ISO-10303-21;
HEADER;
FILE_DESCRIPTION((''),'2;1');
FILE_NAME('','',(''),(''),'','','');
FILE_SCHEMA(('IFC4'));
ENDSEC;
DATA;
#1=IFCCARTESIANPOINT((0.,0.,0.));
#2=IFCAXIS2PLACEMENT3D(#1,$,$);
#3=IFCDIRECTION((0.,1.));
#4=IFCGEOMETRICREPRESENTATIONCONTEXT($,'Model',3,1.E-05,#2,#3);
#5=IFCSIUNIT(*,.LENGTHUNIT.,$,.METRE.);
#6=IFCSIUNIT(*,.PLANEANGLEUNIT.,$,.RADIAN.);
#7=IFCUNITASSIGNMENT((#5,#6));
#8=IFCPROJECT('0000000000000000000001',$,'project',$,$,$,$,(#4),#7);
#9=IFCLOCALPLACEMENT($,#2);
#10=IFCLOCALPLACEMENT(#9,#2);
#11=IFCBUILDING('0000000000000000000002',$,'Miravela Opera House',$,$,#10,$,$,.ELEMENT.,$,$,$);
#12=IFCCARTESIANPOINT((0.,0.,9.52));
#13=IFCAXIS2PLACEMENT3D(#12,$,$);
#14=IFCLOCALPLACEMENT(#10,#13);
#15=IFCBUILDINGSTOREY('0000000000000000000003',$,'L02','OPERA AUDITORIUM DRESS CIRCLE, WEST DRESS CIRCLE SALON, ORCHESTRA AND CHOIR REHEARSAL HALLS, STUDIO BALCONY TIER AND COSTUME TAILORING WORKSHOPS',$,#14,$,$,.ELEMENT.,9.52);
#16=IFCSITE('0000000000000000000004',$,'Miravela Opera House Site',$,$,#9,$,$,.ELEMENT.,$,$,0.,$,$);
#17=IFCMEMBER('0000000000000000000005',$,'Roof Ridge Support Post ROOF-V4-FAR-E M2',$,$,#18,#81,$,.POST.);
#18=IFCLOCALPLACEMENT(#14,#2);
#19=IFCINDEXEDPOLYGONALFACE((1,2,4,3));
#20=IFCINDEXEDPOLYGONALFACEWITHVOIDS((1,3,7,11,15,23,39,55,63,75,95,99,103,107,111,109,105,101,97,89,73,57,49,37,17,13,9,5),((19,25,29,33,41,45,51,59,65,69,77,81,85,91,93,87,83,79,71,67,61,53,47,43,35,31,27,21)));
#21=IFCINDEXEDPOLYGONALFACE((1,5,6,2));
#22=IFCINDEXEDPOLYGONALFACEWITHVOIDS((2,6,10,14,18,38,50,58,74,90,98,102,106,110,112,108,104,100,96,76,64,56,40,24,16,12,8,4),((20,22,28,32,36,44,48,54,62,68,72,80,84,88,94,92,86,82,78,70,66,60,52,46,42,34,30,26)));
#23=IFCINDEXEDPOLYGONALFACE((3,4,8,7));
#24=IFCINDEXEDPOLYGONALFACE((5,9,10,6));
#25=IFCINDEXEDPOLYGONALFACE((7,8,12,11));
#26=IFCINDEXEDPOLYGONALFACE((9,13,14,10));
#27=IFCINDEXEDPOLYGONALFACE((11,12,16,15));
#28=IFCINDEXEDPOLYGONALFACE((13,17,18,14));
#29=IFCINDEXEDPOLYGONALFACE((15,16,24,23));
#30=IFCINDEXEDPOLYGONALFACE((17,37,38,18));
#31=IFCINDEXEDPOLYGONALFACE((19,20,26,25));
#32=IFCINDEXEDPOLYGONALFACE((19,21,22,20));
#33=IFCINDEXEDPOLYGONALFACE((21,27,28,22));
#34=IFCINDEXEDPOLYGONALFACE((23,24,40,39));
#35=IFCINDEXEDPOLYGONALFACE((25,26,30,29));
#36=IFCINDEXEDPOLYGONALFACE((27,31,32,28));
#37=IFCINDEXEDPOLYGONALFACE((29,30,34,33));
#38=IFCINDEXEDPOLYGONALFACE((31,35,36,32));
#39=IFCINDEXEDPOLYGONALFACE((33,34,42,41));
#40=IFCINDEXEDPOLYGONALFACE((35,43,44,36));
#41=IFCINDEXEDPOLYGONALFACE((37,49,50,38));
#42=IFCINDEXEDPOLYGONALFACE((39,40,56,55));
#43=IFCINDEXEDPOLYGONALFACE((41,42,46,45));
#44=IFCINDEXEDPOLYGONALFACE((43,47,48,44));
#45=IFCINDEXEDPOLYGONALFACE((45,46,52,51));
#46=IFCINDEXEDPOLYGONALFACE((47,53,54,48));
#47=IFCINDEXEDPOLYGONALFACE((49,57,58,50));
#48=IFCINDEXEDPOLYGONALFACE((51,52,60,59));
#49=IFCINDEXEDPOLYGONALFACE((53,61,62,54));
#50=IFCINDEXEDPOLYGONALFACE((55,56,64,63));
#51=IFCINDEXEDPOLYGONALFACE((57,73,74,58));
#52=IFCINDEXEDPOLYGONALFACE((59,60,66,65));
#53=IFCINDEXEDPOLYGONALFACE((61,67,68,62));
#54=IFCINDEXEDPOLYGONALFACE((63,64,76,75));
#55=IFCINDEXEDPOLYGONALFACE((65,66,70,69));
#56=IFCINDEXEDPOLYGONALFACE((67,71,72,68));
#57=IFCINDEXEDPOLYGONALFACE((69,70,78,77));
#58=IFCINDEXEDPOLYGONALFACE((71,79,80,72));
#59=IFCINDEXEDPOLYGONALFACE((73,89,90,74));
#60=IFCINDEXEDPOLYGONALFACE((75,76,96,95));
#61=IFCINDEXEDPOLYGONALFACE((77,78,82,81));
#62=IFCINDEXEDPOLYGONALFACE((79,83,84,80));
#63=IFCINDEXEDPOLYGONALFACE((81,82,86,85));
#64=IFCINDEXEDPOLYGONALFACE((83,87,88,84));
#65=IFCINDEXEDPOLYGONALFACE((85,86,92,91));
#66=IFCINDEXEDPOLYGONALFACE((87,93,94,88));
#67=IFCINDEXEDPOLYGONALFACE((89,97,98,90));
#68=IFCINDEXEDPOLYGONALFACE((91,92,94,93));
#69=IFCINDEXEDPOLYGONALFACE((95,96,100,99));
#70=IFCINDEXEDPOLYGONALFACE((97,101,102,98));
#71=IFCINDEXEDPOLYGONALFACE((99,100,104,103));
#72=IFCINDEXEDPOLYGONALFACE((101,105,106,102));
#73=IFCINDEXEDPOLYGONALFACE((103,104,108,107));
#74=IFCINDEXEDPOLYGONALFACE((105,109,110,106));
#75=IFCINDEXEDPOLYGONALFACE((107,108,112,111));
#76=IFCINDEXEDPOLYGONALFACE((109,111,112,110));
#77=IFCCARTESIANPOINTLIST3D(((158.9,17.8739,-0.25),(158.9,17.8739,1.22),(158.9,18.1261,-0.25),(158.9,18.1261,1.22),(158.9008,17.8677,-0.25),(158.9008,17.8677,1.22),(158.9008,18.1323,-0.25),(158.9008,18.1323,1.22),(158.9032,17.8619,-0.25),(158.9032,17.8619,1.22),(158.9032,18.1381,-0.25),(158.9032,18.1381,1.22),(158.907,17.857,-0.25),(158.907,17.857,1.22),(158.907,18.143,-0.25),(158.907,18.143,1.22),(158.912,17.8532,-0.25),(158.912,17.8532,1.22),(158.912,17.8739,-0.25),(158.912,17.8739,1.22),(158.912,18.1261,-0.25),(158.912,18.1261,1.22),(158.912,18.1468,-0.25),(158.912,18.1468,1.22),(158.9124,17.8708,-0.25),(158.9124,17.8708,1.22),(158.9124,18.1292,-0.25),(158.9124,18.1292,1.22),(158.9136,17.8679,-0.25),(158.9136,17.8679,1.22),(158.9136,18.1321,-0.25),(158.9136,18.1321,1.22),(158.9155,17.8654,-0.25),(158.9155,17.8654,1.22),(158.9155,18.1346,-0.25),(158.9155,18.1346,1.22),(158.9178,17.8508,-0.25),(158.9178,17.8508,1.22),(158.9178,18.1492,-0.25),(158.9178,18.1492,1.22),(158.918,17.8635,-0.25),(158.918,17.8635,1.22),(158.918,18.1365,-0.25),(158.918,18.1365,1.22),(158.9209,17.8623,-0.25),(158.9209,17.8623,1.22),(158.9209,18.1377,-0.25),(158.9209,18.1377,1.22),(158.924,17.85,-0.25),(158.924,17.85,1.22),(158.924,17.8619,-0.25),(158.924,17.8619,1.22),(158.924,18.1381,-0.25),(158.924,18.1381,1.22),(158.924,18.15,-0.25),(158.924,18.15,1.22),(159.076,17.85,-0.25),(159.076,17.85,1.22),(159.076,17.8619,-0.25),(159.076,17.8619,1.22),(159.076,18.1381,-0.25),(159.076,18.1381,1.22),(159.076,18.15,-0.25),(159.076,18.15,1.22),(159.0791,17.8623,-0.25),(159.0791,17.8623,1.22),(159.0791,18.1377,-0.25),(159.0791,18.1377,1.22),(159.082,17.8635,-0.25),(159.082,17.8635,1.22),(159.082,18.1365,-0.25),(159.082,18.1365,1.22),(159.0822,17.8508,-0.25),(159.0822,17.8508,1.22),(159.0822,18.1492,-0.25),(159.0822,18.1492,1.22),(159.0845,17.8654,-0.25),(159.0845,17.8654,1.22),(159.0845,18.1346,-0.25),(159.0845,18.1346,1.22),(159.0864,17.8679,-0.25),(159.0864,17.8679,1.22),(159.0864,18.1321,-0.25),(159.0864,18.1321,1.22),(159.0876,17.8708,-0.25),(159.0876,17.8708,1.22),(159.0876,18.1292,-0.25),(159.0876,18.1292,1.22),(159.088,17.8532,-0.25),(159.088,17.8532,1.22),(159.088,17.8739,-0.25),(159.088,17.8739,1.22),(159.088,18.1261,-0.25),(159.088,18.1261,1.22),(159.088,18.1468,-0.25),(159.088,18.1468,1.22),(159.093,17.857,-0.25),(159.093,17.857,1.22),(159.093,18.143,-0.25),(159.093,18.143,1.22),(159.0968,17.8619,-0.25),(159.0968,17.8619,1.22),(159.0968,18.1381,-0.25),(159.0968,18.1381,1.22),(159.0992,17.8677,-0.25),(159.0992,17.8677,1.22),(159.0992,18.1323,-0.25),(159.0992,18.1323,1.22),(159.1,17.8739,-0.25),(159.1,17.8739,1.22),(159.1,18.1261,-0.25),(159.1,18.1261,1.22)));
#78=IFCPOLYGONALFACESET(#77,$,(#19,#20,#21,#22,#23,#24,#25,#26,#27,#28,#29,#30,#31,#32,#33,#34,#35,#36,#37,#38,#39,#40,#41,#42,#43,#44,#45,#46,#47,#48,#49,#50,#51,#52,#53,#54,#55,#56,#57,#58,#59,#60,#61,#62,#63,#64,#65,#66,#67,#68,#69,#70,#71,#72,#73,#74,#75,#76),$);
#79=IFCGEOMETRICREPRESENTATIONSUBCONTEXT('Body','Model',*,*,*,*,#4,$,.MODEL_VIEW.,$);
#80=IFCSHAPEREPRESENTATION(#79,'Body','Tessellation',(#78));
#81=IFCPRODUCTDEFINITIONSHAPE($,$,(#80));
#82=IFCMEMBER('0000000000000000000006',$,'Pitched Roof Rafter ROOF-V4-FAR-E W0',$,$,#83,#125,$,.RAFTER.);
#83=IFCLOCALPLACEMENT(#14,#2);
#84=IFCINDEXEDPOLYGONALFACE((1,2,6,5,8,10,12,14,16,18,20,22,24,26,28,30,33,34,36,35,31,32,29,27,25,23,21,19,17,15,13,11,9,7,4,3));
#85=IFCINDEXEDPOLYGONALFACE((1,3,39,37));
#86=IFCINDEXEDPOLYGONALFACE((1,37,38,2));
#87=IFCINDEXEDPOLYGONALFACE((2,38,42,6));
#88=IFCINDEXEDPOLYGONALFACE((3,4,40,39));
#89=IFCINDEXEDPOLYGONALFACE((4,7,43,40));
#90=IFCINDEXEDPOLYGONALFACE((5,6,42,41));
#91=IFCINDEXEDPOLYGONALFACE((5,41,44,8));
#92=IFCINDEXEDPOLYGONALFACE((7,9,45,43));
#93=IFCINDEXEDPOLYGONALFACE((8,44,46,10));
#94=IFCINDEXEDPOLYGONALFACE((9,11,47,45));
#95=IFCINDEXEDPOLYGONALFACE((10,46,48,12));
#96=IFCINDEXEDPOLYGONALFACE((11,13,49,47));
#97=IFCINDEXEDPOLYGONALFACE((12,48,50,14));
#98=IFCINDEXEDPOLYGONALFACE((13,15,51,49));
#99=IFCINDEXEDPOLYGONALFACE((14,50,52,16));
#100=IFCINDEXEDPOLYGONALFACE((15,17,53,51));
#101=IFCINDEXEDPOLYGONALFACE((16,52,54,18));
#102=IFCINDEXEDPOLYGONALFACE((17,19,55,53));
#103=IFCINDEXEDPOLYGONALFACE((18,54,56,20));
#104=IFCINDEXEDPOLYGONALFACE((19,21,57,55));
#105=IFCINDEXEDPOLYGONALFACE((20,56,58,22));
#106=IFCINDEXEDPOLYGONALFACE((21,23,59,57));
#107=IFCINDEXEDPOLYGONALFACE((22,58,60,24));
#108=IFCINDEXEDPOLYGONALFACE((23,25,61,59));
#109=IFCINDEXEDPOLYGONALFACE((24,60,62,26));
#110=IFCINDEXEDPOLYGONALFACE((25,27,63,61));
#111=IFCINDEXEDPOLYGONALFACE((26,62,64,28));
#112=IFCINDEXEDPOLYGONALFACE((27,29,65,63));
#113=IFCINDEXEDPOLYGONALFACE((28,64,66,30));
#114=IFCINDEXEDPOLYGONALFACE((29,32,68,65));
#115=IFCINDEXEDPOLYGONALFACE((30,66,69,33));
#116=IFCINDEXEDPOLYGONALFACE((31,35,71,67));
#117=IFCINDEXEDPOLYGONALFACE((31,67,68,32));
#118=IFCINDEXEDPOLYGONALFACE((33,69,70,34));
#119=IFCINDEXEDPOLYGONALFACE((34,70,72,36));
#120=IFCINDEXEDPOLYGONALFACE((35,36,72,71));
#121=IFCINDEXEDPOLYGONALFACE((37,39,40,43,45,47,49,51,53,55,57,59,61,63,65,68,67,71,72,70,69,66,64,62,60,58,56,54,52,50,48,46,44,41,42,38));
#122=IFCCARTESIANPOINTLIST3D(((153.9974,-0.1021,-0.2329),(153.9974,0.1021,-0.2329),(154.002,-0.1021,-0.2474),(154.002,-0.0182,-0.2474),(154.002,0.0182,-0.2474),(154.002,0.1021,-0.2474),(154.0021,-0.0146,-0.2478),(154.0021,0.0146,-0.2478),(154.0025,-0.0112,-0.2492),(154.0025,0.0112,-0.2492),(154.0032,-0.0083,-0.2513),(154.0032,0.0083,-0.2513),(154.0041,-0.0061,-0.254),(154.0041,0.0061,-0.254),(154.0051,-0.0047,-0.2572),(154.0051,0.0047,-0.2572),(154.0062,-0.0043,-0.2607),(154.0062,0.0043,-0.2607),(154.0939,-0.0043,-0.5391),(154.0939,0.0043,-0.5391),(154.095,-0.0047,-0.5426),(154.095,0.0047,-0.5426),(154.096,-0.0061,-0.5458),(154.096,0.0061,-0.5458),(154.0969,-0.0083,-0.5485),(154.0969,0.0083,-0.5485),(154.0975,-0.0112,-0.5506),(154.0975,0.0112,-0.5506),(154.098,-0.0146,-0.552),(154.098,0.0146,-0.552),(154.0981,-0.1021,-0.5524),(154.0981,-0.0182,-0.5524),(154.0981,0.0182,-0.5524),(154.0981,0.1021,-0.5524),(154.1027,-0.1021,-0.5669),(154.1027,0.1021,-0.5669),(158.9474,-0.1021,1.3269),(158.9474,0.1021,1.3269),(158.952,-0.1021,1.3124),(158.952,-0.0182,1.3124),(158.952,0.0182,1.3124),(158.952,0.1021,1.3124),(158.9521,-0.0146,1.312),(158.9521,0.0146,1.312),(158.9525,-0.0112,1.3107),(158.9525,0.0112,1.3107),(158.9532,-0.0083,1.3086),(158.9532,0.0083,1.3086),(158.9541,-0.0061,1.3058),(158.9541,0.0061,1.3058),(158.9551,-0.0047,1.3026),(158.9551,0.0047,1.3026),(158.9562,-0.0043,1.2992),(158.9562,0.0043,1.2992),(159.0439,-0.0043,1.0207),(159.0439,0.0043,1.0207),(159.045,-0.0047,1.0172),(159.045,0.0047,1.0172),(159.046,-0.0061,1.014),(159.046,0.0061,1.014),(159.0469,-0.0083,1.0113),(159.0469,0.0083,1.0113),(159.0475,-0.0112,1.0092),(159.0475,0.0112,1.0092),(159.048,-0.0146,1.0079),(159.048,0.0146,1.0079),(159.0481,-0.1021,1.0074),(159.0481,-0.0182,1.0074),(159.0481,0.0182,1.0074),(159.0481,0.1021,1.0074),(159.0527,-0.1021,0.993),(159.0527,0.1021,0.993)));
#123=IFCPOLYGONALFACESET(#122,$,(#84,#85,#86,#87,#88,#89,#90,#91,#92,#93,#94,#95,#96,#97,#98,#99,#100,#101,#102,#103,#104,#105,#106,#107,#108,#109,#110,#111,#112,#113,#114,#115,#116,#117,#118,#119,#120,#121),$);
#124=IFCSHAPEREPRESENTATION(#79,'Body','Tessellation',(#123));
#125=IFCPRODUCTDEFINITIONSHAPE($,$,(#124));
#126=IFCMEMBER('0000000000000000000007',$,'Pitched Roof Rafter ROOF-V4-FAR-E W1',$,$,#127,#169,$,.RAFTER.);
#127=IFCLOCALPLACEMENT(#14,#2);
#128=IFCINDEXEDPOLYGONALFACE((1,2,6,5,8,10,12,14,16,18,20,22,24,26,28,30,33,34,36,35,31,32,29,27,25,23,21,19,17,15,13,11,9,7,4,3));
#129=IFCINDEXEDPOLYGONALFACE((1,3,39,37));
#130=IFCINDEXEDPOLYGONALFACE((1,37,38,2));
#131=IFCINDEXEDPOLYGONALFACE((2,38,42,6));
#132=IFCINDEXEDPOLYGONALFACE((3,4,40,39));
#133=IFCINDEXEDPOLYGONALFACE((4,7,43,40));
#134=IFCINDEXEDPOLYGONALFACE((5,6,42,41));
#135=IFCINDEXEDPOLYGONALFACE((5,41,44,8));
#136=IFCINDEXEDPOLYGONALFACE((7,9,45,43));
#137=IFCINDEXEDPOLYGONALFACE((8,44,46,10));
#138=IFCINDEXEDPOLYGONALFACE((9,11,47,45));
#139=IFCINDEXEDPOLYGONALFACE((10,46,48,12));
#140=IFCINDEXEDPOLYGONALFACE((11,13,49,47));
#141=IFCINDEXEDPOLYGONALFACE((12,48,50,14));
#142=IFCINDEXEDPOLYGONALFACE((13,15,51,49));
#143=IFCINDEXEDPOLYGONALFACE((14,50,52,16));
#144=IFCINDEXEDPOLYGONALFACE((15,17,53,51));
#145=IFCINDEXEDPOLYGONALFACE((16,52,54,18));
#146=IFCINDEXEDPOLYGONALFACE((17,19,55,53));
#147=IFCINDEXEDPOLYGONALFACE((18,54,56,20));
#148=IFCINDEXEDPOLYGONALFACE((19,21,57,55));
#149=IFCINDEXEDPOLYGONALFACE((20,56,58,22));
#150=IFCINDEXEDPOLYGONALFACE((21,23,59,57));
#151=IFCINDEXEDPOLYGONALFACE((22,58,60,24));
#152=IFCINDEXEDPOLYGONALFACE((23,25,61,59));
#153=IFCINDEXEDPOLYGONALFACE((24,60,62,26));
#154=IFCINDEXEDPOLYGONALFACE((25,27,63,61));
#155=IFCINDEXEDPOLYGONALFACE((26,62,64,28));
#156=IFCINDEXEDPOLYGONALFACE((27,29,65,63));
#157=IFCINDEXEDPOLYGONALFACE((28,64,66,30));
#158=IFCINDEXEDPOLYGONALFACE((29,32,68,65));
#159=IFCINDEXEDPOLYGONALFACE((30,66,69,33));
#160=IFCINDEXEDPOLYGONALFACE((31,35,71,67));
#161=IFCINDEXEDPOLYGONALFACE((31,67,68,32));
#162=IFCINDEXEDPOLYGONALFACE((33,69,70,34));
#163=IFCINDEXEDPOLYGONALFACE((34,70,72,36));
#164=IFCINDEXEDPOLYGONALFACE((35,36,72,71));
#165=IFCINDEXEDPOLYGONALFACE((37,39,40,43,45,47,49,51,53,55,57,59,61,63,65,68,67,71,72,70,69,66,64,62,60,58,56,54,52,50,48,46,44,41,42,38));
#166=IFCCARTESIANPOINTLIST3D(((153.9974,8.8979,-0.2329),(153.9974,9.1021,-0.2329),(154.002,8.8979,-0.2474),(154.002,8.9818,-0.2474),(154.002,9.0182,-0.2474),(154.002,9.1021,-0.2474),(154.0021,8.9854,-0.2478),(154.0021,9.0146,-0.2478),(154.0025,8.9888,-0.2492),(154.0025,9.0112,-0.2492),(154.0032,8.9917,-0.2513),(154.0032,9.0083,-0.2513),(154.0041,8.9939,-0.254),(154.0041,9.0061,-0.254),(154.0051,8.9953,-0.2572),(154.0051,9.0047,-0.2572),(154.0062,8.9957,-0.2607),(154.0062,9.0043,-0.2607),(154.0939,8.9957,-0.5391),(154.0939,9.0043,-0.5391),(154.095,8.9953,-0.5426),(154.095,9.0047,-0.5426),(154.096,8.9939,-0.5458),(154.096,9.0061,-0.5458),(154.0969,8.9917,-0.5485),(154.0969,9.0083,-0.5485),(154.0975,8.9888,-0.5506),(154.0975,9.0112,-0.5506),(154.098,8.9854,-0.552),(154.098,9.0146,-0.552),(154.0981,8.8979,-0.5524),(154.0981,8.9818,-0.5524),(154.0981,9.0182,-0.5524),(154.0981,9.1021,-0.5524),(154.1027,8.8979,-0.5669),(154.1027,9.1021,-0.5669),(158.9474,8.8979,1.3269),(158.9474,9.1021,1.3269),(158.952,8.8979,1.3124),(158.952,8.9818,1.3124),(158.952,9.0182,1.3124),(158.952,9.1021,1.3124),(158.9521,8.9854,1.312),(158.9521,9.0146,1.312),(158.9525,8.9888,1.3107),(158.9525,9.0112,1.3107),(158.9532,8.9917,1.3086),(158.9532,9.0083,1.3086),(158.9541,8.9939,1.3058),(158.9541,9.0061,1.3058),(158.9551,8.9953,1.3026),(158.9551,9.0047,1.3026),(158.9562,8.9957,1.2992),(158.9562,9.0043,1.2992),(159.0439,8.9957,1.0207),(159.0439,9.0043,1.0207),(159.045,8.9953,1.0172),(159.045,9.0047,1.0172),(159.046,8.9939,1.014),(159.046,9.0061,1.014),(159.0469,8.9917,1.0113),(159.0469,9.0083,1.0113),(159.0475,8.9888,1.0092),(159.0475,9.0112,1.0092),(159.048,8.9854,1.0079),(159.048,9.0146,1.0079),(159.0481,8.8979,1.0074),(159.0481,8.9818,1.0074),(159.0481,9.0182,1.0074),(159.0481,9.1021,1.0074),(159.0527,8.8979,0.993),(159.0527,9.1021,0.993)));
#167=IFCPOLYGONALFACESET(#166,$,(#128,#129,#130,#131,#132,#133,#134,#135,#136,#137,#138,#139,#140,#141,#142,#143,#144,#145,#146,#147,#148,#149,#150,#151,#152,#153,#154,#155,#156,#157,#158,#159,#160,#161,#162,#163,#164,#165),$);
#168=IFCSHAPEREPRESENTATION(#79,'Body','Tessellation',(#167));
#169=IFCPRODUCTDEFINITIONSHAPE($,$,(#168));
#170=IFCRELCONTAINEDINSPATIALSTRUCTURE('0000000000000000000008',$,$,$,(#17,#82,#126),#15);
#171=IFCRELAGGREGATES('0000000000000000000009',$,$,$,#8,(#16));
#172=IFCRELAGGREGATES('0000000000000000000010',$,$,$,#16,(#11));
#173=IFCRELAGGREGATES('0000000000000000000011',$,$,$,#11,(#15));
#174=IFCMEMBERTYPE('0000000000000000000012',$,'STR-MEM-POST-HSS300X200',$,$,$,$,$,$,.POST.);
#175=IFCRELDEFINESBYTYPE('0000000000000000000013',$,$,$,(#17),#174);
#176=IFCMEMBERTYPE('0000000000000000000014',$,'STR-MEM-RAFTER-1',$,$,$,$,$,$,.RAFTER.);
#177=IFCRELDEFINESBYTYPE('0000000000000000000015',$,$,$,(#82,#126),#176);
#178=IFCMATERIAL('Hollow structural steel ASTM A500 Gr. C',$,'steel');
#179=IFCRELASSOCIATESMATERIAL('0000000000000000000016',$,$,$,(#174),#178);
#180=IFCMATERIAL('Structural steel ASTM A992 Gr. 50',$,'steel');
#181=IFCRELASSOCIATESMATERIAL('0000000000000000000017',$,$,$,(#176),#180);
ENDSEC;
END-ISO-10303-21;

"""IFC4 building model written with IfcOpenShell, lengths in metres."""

from ifc_helpers import new_model, si_unit, direction, frame, origin, origin_2d, place, context, subcontext, project, spatial, hollow_rectangle, i_section, extrude, material, material_profile, profile_set, type_object, element, save


model = new_model("IFC4")

# Units and contexts
model_context = context("Model", 3, precision=1e-05, world=origin(), true_north=direction((0.0, 1.0)))
body_context = subcontext(model_context, "Body", "Model", "MODEL_VIEW")
ifc_project = project(units=[si_unit("LENGTHUNIT", "METRE"), si_unit("PLANEANGLEUNIT", "RADIAN")], contexts=[model_context])

# Site, building, storey
site_placement = place(None, origin())
site = spatial("IfcSite", under=ifc_project, at=site_placement, Name="Miravela Opera House Site", CompositionType="ELEMENT", RefElevation=0.0)
building_placement = place(site_placement, origin())
building = spatial("IfcBuilding", under=site, at=building_placement, Name="Miravela Opera House", CompositionType="ELEMENT")
storey_placement = place(building_placement, frame((0.0, 0.0, 9.52)))
storey = spatial("IfcBuildingStorey", under=building, at=storey_placement, Name="L02", Description="OPERA AUDITORIUM DRESS CIRCLE, WEST DRESS CIRCLE SALON, ORCHESTRA AND CHOIR REHEARSAL HALLS, STUDIO BALCONY TIER AND COSTUME TAILORING WORKSHOPS", CompositionType="ELEMENT", Elevation=9.52)

# Shared definitions
ifc_material_1 = material(Name="Structural steel ASTM A992 Gr. 50", Category="steel")

# Members
ifc_material_2 = material(Name="Hollow structural steel ASTM A500 Gr. C", Category="steel")
ifc_material_profile_1 = material_profile(ifc_material_2, hollow_rectangle(XDim=0.2, YDim=0.3, WallThickness=0.012, InnerFilletRadius=0.012, OuterFilletRadius=0.0239, at=origin_2d()), Name="HSS300X200X12")
ifc_profile_set_1 = profile_set([ifc_material_profile_1])
member_type_1 = type_object("IfcMemberType", Name="STR-MEM-POST-HSS300X200", PredefinedType="POST", material=ifc_profile_set_1)
for number, where, z_axis, x_axis, name in (
    (1, (159.0, 18.0, -0.25), (0.0, 0.0, 1.0), (1.0, 0.0, 0.0), "Roof Ridge Support Post ROOF-V4-FAR-E M2"),
):
    element("IfcMember", number, at=place(storey_placement, frame(where, z_axis=z_axis, x_axis=x_axis)), inside=storey, type_object=member_type_1, Name=name, PredefinedType="POST", context=body_context, shape_type="SweptSolid", body=[
        extrude(hollow_rectangle(XDim=0.2, YDim=0.3, WallThickness=0.012, InnerFilletRadius=0.012, OuterFilletRadius=0.0239, at=origin_2d()), origin(), (0.0, 0.0, 1.0), 1.47),
    ])
ifc_material_profile_2 = material_profile(ifc_material_1, i_section(OverallWidth=0.2041, OverallDepth=0.3501, WebThickness=0.0085, FlangeThickness=0.0151, FilletRadius=0.0139, at=origin_2d()), Name="W360X72")
ifc_profile_set_2 = profile_set([ifc_material_profile_2])
member_type_2 = type_object("IfcMemberType", Name="STR-MEM-RAFTER-1", PredefinedType="RAFTER", material=ifc_profile_set_2)
for number, where, z_axis, x_axis, name in (
    (2, (154.05, 0.0, -0.3999), (0.953767, 0.0, 0.300548), (0.0, 1.0, 0.0), "Pitched Roof Rafter ROOF-V4-FAR-E W0"),
    (3, (154.05, 9.0, -0.3999), (0.953767, 0.0, 0.300548), (0.0, 1.0, 0.0), "Pitched Roof Rafter ROOF-V4-FAR-E W1"),
):
    element("IfcMember", number, at=place(storey_placement, frame(where, z_axis=z_axis, x_axis=x_axis)), inside=storey, type_object=member_type_2, Name=name, PredefinedType="RAFTER", context=body_context, shape_type="SweptSolid", body=[
        extrude(i_section(OverallWidth=0.2041, OverallDepth=0.3501, WebThickness=0.0085, FlangeThickness=0.0151, FilletRadius=0.0139, at=origin_2d()), origin(), (0.0, 0.0, 1.0), 5.1899),
    ])

save(model, "model.ifc")
